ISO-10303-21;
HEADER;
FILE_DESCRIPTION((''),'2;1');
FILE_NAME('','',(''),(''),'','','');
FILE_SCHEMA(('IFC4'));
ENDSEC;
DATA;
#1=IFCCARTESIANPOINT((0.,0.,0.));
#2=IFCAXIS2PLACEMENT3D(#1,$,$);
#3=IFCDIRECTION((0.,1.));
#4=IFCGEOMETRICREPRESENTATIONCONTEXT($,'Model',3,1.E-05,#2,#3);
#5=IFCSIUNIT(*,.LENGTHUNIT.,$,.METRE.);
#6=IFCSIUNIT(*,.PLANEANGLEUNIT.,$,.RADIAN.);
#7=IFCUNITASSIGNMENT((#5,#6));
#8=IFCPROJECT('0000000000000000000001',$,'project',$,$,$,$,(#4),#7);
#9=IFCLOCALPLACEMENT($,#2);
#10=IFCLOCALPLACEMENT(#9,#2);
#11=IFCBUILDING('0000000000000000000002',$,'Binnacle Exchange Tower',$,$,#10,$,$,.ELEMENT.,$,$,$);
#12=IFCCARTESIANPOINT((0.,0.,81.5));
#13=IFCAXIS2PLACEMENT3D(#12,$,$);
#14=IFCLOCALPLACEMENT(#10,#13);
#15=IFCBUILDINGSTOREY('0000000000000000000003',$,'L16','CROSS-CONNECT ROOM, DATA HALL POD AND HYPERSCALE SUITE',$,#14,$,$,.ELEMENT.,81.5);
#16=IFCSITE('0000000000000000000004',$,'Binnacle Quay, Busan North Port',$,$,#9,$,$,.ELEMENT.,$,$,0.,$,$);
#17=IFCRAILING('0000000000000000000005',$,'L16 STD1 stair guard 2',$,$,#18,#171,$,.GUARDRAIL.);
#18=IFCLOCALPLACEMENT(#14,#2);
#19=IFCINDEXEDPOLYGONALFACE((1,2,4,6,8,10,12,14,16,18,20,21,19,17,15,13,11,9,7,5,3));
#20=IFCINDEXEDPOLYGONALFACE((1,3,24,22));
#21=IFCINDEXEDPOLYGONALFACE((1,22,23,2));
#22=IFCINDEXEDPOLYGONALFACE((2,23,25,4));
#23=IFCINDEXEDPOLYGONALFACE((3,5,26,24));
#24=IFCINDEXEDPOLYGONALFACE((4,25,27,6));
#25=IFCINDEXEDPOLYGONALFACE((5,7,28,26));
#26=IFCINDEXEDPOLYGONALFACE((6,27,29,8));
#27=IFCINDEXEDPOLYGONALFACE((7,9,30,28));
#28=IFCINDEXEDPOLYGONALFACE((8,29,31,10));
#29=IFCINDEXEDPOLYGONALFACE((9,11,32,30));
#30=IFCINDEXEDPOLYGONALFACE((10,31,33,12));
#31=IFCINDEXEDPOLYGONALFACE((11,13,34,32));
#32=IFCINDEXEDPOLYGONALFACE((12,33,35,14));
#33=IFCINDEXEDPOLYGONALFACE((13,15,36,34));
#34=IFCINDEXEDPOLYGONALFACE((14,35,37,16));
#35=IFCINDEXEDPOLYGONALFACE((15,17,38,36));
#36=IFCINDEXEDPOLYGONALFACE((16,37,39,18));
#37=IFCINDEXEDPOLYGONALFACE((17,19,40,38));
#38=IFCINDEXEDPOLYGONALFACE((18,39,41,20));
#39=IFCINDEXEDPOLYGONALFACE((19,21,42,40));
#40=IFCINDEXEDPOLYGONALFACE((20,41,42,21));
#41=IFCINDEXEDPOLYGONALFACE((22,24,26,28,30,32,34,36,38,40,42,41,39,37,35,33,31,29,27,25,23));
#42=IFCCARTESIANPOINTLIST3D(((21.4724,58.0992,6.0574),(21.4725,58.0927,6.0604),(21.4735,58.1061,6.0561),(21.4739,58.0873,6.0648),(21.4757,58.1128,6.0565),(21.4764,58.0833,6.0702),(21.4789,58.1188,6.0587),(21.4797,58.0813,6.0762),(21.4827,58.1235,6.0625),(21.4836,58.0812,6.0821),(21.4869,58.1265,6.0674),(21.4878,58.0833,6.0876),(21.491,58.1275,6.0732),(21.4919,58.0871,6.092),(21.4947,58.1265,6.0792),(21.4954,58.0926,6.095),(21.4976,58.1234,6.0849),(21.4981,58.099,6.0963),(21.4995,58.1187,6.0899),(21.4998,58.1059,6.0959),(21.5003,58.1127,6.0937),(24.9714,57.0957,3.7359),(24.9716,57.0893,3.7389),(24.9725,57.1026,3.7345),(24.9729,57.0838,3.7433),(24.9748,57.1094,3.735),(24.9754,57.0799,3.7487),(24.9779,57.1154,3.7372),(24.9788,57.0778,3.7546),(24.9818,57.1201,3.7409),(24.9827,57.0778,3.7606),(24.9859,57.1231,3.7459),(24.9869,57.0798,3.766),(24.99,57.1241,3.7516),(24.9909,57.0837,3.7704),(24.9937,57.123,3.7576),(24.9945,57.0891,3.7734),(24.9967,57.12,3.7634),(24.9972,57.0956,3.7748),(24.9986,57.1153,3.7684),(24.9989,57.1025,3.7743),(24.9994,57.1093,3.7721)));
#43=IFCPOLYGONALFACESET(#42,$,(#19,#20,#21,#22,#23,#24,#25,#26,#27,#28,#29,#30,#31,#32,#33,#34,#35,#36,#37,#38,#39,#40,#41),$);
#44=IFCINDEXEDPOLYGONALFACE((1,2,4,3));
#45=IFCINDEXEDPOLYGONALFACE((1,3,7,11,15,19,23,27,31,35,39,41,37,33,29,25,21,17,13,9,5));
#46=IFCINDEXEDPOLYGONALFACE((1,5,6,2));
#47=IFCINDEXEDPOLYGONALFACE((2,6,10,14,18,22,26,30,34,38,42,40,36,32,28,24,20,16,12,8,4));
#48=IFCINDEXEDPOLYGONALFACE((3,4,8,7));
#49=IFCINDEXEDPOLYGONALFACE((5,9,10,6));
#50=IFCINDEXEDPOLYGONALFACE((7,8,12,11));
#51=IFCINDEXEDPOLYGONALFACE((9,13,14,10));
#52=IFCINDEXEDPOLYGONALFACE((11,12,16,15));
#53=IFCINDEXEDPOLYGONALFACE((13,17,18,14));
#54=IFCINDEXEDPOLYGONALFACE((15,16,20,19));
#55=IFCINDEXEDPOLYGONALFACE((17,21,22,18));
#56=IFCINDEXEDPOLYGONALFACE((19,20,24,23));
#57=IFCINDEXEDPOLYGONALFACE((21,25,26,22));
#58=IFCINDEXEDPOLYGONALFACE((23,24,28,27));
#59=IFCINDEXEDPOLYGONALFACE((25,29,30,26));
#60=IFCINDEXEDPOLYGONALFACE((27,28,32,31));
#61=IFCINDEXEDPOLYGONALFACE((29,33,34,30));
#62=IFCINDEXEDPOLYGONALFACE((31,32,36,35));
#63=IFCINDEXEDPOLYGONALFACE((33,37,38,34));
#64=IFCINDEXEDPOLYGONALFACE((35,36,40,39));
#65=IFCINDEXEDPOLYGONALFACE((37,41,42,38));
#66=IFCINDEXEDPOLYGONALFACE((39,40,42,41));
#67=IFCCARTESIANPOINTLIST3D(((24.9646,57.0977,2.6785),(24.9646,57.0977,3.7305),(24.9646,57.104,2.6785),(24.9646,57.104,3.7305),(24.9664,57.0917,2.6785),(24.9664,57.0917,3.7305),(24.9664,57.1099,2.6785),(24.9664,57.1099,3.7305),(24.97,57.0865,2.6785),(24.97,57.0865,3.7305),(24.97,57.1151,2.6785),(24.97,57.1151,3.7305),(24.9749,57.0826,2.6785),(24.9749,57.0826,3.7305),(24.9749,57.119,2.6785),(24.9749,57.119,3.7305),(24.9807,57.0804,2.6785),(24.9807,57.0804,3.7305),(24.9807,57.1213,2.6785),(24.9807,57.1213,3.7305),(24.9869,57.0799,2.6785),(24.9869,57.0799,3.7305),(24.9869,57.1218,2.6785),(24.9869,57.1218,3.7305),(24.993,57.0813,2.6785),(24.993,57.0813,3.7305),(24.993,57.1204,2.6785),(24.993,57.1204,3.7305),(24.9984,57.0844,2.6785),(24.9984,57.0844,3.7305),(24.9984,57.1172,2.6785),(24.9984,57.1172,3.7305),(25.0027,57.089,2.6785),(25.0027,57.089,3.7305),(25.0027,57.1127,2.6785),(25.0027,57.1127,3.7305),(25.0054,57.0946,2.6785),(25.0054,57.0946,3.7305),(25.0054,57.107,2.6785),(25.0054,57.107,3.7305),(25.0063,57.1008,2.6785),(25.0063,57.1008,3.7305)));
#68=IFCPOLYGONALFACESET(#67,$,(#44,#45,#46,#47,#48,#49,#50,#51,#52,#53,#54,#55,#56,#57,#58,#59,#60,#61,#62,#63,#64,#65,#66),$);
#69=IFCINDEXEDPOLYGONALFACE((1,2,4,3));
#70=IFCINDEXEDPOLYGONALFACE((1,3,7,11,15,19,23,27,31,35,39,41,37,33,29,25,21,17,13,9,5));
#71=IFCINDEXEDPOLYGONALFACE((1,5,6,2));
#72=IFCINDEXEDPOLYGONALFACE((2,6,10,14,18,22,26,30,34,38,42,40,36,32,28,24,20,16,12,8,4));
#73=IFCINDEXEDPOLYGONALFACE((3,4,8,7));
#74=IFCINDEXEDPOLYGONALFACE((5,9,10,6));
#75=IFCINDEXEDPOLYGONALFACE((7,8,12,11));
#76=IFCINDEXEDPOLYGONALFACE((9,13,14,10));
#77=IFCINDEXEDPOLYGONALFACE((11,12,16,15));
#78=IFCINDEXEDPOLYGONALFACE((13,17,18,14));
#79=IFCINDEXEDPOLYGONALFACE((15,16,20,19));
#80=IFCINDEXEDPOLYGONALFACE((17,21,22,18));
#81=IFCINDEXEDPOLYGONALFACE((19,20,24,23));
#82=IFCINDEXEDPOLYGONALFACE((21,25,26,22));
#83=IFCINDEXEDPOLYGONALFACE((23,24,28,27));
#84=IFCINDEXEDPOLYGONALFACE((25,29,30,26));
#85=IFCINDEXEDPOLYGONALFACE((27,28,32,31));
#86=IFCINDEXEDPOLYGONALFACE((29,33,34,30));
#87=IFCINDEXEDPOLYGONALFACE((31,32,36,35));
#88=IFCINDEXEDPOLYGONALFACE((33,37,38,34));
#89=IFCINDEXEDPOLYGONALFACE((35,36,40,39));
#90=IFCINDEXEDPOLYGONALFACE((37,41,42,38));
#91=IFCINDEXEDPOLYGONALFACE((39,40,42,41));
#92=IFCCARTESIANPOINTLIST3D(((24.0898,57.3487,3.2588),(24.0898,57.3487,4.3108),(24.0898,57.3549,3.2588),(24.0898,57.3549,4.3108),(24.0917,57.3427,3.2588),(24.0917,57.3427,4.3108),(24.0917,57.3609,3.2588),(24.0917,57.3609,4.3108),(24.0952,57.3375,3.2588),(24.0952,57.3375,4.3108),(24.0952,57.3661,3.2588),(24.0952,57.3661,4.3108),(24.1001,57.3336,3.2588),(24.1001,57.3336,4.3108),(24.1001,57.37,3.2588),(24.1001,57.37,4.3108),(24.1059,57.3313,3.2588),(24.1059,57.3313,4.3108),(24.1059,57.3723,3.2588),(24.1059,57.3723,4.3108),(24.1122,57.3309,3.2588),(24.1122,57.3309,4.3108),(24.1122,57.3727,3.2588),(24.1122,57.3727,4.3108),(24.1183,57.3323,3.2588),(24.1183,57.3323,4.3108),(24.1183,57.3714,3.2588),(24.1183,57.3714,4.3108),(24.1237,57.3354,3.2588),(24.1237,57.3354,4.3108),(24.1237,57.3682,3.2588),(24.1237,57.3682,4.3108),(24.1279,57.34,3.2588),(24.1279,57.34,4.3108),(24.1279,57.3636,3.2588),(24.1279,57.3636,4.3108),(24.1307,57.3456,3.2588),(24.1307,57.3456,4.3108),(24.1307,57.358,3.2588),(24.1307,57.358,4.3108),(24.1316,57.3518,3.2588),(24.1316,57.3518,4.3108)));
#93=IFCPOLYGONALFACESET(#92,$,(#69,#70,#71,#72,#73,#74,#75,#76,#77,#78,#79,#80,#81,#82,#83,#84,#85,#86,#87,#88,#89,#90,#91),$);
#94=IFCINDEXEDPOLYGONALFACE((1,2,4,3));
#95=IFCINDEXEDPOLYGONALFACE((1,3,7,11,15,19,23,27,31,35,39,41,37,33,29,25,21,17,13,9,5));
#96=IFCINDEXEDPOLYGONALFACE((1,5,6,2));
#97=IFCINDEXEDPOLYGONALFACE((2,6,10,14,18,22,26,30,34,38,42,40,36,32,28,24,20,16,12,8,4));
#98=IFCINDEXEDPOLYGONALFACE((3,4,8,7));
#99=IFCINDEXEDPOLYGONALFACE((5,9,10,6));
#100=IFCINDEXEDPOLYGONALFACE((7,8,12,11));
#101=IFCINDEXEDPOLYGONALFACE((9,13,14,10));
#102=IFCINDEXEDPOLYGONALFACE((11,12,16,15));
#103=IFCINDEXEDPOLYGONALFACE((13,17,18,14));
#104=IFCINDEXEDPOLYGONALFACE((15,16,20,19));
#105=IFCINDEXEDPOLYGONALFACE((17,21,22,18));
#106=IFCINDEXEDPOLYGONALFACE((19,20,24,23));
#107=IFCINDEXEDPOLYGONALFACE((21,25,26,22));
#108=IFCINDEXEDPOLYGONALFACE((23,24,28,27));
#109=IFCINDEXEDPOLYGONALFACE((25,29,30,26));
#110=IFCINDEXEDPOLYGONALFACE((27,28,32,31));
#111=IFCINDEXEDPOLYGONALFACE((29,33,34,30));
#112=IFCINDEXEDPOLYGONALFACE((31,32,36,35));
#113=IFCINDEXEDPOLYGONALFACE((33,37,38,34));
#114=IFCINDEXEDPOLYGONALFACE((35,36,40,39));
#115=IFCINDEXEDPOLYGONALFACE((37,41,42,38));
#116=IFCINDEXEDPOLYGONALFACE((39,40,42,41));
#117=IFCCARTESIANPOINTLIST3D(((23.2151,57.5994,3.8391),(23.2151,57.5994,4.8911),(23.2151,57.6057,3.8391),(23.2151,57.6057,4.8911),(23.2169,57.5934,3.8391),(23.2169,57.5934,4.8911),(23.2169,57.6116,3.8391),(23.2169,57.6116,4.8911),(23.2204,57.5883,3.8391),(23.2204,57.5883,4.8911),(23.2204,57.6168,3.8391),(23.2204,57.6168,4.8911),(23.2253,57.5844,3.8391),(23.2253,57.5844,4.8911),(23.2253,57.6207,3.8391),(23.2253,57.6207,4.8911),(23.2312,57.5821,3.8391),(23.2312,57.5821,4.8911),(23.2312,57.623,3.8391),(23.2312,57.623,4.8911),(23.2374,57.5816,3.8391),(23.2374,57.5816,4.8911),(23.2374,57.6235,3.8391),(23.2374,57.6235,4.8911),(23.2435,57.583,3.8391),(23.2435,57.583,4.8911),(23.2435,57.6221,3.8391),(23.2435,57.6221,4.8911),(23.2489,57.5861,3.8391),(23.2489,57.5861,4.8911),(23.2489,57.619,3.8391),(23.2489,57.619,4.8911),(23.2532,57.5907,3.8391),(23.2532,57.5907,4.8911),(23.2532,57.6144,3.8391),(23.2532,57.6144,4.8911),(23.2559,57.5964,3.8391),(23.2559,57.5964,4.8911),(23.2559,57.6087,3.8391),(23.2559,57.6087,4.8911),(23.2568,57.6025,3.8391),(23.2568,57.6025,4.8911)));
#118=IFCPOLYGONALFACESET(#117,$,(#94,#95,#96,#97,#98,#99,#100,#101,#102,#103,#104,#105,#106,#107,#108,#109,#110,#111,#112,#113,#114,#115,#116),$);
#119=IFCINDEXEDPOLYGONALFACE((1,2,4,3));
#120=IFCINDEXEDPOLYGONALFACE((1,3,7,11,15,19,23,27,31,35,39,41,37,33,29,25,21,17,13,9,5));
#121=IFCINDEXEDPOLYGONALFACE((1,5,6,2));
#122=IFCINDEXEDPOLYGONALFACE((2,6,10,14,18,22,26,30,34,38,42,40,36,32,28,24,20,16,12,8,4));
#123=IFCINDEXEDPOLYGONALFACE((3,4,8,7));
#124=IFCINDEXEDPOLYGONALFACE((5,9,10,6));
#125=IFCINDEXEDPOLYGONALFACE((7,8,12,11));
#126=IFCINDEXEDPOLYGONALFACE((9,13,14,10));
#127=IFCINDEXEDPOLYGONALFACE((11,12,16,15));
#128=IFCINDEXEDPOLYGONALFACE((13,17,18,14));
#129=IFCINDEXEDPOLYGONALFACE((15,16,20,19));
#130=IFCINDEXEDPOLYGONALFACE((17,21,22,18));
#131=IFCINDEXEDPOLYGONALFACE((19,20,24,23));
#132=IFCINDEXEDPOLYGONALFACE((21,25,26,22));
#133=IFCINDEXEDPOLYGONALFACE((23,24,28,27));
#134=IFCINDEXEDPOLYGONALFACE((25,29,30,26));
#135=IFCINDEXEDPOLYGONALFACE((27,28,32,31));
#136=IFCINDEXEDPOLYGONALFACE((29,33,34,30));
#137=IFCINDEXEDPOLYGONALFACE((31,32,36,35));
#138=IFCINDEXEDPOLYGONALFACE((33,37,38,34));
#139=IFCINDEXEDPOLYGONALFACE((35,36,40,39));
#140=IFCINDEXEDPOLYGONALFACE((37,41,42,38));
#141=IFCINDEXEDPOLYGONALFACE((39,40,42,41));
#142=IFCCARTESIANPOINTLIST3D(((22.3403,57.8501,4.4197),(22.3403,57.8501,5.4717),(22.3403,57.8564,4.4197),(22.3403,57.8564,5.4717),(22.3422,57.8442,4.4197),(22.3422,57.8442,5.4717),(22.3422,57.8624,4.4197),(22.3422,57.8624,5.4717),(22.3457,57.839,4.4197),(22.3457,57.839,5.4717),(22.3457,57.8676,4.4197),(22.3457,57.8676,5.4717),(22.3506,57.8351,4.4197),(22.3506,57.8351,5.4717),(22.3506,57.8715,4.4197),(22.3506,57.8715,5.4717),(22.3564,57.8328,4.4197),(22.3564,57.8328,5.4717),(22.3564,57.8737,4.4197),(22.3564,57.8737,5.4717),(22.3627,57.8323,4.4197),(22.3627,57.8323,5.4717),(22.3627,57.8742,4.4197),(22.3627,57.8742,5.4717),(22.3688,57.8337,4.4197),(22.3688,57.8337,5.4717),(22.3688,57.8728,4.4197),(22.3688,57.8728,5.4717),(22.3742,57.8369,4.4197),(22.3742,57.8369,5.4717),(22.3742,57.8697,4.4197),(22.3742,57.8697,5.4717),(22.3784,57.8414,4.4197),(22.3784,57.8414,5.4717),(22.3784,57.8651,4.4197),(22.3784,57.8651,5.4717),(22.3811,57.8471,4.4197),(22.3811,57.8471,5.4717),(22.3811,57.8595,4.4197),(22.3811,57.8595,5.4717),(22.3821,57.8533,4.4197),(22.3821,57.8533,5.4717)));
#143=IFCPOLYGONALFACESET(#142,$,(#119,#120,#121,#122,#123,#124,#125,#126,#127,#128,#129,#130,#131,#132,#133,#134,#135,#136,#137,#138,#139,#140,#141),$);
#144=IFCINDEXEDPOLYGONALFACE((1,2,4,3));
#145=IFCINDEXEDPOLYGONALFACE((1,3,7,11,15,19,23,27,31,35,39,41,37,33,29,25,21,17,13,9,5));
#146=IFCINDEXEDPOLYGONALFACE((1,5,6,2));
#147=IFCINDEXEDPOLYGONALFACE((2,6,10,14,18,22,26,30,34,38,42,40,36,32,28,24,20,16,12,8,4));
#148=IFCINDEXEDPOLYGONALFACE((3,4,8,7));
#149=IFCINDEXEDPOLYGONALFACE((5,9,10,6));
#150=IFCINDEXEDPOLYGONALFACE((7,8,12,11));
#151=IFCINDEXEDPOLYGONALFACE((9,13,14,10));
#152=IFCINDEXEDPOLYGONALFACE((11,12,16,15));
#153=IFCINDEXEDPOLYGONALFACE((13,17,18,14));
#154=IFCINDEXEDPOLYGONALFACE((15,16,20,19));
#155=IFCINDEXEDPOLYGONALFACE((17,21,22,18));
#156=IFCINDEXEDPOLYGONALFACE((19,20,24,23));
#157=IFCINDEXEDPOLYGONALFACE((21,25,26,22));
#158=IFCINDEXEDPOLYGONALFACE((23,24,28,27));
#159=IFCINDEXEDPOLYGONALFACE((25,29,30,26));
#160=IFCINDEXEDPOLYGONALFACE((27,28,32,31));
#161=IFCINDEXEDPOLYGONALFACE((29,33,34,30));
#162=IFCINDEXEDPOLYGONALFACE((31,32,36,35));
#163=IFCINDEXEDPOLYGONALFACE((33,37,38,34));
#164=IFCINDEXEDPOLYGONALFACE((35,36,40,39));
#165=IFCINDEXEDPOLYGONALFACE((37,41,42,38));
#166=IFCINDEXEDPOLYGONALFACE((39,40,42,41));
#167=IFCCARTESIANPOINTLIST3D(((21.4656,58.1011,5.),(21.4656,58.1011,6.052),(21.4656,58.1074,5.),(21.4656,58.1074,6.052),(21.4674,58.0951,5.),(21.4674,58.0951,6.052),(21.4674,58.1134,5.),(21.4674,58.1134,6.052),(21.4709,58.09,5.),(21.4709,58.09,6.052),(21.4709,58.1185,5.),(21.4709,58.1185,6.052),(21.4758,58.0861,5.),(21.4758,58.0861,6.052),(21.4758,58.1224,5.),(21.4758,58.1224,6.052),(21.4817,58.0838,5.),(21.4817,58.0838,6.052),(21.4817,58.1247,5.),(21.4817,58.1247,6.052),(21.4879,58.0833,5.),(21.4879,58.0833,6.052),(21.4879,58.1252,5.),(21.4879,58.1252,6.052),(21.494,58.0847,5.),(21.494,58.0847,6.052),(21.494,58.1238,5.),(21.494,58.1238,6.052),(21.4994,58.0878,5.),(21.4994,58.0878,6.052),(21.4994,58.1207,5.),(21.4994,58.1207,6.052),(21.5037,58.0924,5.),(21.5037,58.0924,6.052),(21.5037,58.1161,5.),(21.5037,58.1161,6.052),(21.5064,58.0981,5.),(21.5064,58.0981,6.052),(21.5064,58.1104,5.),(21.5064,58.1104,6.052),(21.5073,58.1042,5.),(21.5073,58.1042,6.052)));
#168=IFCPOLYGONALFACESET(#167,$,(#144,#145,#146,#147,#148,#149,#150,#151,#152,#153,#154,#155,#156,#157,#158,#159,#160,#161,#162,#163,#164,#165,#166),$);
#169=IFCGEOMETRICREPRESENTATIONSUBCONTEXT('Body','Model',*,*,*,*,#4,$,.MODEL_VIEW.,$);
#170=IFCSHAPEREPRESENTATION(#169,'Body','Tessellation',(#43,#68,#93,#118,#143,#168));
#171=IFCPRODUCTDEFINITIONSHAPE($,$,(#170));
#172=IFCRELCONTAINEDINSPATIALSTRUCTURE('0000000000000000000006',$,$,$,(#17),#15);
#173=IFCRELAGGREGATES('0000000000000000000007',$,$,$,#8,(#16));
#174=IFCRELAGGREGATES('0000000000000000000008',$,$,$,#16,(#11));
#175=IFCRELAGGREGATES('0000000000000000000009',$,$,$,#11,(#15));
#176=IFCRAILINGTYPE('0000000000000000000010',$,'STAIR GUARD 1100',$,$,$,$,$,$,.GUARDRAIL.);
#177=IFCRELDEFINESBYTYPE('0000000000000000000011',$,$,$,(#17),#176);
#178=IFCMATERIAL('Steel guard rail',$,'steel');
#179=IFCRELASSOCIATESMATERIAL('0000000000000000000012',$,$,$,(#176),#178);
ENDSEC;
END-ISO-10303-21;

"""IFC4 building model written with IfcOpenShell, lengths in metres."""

from ifc_helpers import new_model, si_unit, direction, frame, origin, origin_2d, place, context, subcontext, project, spatial, circle, extrude, material, type_object, element, save


model = new_model("IFC4")

# Units and contexts
model_context = context("Model", 3, precision=1e-05, world=origin(), true_north=direction((0.0, 1.0)))
body_context = subcontext(model_context, "Body", "Model", "MODEL_VIEW")
ifc_project = project(units=[si_unit("LENGTHUNIT", "METRE"), si_unit("PLANEANGLEUNIT", "RADIAN")], contexts=[model_context])

# Site, building, storey
site_placement = place(None, origin())
site = spatial("IfcSite", under=ifc_project, at=site_placement, Name="Binnacle Quay, Busan North Port", CompositionType="ELEMENT", RefElevation=0.0)
building_placement = place(site_placement, origin())
building = spatial("IfcBuilding", under=site, at=building_placement, Name="Binnacle Exchange Tower", CompositionType="ELEMENT")
storey_placement = place(building_placement, frame((0.0, 0.0, 81.5)))
storey = spatial("IfcBuildingStorey", under=building, at=storey_placement, Name="L16", Description="CROSS-CONNECT ROOM, DATA HALL POD AND HYPERSCALE SUITE", CompositionType="ELEMENT", Elevation=81.5)

# Railing
ifc_material_1 = material(Name="Steel guard rail", Category="steel")
railing_type_1 = type_object("IfcRailingType", Name="STAIR GUARD 1100", PredefinedType="GUARDRAIL", material=ifc_material_1)
railing_1_placement = place(storey_placement, frame((24.9854, 57.1008, 2.6785)))
element("IfcRailing", 1, at=railing_1_placement, inside=storey, type_object=railing_type_1, Name="L16 STD1 stair guard 2", PredefinedType="GUARDRAIL", context=body_context, shape_type="SweptSolid", body=[
    extrude(circle(Radius=0.0239, at=origin_2d()), frame((0.0, 0.0, 1.0762), z_axis=(-0.810456, 0.232415, 0.537722), x_axis=(-0.27566, -0.961255, 0.0)), (0.0, 0.0, 1.0), 4.3174),
    extrude(circle(Radius=0.021, at=origin_2d()), origin(), (0.0, 0.0, 1.0), 1.052),
    extrude(circle(Radius=0.021, at=origin_2d()), frame((-0.8748, 0.251, 0.5803)), (0.0, 0.0, 1.0), 1.052),
    extrude(circle(Radius=0.021, at=origin_2d()), frame((-1.7495, 0.5017, 1.1606)), (0.0, 0.0, 1.0), 1.052),
    extrude(circle(Radius=0.021, at=origin_2d()), frame((-2.6243, 0.7524, 1.7412)), (0.0, 0.0, 1.0), 1.052),
    extrude(circle(Radius=0.021, at=origin_2d()), frame((-3.499, 1.0034, 2.3215)), (0.0, 0.0, 1.0), 1.052),
])

save(model, "model.ifc")
